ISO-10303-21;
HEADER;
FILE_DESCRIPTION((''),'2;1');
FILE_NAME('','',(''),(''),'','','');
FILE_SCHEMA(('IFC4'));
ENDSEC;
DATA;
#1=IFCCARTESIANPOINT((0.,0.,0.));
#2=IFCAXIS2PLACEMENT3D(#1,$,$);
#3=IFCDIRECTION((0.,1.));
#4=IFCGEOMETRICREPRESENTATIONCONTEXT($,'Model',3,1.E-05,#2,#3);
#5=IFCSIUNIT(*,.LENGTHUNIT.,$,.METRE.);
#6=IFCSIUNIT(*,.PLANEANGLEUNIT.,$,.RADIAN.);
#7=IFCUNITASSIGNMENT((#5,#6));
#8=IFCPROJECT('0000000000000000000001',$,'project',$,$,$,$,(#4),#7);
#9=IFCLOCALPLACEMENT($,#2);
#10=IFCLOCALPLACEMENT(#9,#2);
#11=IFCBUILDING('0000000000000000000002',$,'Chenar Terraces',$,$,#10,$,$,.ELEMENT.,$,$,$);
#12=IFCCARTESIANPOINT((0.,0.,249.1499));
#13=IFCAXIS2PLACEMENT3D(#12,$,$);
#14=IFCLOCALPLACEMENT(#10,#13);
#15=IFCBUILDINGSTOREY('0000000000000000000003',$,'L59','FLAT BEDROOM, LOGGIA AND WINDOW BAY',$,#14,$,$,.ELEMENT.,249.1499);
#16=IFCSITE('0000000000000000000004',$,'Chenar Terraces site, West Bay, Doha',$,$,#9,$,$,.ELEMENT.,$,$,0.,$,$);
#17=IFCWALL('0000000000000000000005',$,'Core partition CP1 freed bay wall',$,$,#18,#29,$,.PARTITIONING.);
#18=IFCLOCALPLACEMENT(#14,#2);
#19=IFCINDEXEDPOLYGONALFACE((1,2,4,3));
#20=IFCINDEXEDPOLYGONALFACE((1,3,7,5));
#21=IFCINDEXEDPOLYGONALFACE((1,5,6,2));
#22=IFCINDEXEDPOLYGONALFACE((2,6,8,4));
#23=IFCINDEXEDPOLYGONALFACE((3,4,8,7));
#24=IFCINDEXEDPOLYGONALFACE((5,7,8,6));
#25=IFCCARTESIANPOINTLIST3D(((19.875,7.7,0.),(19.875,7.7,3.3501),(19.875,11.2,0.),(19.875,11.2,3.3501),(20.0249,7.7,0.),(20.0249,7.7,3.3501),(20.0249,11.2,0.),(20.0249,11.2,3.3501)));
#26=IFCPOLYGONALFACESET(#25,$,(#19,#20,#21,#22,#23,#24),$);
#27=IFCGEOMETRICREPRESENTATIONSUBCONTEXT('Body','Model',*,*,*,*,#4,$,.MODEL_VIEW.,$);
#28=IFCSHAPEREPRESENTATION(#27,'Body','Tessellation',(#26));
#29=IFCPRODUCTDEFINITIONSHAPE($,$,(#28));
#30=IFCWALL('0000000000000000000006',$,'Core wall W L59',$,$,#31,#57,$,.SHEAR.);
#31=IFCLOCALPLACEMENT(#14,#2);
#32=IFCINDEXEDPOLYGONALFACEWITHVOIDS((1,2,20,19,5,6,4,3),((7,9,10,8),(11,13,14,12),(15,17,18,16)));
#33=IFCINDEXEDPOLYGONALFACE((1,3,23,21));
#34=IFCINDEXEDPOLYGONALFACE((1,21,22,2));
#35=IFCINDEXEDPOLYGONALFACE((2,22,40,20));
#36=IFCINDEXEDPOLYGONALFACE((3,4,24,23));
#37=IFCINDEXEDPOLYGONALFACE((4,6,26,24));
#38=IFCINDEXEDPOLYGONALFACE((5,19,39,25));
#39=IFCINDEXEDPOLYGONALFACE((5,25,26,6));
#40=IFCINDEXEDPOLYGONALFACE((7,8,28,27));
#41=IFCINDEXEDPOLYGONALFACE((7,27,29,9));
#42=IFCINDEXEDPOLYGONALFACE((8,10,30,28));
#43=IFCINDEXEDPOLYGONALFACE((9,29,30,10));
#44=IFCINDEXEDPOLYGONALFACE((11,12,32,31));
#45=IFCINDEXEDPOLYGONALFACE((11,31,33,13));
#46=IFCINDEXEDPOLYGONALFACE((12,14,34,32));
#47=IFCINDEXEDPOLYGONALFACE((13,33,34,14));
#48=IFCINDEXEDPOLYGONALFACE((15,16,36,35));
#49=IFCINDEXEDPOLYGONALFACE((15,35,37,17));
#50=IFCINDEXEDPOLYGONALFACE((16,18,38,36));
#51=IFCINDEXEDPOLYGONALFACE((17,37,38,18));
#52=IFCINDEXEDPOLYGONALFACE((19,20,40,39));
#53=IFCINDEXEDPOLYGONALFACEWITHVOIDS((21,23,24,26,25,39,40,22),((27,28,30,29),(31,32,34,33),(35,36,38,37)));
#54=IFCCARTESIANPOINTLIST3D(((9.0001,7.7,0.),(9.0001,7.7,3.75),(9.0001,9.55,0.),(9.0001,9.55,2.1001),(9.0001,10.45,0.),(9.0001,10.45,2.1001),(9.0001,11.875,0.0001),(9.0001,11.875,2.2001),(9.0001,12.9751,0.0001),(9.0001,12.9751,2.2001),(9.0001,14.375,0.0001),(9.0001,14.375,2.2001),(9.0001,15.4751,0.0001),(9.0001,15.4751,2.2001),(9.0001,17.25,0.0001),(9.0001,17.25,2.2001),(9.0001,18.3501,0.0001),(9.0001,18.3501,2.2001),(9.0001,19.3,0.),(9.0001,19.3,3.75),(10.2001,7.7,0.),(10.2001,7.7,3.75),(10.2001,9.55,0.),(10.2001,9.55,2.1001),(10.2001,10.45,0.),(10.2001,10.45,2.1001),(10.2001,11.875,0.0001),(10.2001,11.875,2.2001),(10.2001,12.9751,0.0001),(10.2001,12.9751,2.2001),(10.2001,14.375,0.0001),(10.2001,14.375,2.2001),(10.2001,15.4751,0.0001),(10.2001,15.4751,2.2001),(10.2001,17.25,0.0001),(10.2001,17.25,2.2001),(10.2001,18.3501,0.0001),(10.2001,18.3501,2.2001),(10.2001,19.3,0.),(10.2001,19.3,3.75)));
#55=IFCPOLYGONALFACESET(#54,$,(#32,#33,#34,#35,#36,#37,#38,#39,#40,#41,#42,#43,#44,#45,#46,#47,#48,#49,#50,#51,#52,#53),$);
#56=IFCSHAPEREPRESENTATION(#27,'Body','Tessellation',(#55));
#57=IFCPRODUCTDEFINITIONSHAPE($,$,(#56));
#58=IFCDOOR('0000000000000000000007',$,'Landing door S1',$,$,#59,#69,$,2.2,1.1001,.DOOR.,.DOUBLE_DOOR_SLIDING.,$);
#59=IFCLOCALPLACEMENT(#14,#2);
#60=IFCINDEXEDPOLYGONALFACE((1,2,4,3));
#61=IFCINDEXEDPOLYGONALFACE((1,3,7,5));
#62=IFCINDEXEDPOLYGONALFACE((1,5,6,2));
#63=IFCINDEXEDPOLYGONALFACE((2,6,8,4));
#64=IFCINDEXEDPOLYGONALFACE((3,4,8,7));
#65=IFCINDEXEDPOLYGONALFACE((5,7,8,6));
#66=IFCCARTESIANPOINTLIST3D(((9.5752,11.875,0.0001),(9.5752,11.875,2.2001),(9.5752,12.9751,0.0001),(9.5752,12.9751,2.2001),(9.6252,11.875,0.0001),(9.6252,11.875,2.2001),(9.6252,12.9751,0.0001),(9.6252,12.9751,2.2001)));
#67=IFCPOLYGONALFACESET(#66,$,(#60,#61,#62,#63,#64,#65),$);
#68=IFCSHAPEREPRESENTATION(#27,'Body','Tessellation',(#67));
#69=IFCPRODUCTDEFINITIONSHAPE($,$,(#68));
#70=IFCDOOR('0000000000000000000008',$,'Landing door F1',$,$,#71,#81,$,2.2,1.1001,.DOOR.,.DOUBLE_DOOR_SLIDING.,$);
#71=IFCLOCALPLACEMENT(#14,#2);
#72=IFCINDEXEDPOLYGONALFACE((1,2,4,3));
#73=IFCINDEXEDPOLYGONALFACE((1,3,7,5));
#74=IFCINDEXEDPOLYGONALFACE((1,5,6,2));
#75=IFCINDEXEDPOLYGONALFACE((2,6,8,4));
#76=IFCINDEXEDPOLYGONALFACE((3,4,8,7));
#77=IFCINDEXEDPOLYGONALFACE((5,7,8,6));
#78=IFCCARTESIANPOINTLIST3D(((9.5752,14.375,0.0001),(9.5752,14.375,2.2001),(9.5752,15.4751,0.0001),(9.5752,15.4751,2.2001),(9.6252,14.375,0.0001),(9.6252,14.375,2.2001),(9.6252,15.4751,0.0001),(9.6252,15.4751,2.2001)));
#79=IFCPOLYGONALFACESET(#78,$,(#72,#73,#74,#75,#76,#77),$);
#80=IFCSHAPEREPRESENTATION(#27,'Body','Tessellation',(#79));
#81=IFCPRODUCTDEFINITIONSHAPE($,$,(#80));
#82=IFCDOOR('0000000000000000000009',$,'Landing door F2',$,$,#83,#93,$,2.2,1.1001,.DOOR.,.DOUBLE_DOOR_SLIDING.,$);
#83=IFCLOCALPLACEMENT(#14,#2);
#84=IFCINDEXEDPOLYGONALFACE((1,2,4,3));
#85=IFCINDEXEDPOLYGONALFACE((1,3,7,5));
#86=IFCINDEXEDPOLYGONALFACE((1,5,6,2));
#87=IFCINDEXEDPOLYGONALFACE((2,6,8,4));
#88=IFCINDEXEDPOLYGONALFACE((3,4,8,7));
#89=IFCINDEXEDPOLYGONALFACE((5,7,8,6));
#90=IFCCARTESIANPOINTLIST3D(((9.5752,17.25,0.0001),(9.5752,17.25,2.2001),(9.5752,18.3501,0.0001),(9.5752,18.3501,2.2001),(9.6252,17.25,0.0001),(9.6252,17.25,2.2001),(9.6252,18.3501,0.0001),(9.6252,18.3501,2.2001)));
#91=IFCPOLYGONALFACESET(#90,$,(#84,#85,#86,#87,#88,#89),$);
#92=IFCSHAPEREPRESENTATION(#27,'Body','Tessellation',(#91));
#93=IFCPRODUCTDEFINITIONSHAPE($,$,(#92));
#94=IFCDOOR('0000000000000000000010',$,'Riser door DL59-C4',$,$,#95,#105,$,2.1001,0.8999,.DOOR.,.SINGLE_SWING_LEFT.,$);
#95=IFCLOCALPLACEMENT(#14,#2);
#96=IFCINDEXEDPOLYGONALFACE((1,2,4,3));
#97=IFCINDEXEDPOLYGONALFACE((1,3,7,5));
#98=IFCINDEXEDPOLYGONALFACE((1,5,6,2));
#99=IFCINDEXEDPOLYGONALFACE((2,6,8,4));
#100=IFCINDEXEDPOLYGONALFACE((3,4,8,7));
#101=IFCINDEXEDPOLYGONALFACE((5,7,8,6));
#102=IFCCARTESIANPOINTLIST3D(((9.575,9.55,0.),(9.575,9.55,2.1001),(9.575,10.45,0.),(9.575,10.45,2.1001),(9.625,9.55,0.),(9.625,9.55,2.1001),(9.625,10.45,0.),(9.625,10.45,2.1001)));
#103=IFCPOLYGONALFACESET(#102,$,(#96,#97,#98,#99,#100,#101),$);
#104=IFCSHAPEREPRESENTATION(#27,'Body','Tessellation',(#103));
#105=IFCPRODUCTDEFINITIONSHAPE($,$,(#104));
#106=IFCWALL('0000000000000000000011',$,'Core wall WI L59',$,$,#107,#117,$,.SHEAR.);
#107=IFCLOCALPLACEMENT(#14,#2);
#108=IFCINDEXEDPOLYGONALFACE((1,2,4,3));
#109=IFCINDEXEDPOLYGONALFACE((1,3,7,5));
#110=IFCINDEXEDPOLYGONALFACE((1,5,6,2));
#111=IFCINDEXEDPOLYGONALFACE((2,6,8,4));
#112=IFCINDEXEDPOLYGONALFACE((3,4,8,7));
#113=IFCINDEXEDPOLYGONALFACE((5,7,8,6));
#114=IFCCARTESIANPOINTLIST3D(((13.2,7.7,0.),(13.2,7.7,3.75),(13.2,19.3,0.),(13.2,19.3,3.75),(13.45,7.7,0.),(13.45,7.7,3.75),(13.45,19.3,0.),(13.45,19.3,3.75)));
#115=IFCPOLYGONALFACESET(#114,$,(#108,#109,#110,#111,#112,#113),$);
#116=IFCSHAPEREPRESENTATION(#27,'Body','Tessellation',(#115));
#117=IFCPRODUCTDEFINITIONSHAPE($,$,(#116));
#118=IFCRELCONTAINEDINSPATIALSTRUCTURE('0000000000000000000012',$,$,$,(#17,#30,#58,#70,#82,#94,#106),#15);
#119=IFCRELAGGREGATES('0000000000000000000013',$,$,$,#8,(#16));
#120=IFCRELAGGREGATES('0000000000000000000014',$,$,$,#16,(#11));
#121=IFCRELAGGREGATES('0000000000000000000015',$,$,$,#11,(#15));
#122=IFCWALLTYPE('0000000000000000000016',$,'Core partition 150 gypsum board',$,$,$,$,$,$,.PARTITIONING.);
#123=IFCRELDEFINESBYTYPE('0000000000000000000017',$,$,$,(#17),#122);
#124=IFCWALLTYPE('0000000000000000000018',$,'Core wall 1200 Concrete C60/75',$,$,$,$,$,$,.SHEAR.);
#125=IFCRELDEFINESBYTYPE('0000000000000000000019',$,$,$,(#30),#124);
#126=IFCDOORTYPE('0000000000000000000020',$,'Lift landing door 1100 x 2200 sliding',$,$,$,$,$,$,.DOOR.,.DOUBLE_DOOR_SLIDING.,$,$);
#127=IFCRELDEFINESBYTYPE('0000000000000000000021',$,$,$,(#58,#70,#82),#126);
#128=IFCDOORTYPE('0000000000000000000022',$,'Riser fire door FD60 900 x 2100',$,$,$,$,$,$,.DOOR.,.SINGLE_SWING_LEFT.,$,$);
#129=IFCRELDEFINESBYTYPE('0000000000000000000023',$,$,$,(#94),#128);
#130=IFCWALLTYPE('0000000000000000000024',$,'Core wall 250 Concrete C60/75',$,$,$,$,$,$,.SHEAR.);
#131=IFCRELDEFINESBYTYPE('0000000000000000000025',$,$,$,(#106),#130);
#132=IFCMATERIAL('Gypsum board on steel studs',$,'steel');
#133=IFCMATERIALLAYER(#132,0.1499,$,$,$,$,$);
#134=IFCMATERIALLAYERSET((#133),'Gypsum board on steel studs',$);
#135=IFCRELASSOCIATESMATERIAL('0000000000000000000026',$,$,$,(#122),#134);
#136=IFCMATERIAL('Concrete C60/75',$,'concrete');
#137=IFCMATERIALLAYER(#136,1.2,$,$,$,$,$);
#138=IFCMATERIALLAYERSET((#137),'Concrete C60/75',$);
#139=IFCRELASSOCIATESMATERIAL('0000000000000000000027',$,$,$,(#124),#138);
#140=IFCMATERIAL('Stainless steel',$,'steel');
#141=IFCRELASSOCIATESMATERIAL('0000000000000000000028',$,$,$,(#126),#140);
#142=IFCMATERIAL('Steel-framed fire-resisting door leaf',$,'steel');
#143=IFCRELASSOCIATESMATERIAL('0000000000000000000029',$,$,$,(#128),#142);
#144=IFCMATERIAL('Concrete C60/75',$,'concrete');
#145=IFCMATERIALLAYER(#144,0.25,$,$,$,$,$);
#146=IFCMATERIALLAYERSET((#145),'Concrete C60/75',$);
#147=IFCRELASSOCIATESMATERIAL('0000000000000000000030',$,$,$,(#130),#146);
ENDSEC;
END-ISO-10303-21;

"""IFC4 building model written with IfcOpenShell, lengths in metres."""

from ifc_helpers import new_model, si_unit, direction, frame, frame_2d, origin, place, context, subcontext, project, spatial, rectangle, extrude, material, layer, layer_set, type_object, element, fill, save


model = new_model("IFC4")

# Units and contexts
model_context = context("Model", 3, precision=1e-05, world=origin(), true_north=direction((0.0, 1.0)))
body_context = subcontext(model_context, "Body", "Model", "MODEL_VIEW")
ifc_project = project(units=[si_unit("LENGTHUNIT", "METRE"), si_unit("PLANEANGLEUNIT", "RADIAN")], contexts=[model_context])

# Site, building, storey
site_placement = place(None, origin())
site = spatial("IfcSite", under=ifc_project, at=site_placement, Name="Chenar Terraces site, West Bay, Doha", CompositionType="ELEMENT", RefElevation=0.0)
building_placement = place(site_placement, origin())
building = spatial("IfcBuilding", under=site, at=building_placement, Name="Chenar Terraces", CompositionType="ELEMENT")
storey_placement = place(building_placement, frame((0.0, 0.0, 249.1499)))
storey = spatial("IfcBuildingStorey", under=building, at=storey_placement, Name="L59", Description="FLAT BEDROOM, LOGGIA AND WINDOW BAY", CompositionType="ELEMENT", Elevation=249.1499)

# Wall
ifc_material_1 = material(Name="Gypsum board on steel studs", Category="steel")
ifc_layer_1 = layer(ifc_material_1, 0.1499)
ifc_layer_set_1 = layer_set([ifc_layer_1], Name="Gypsum board on steel studs")
wall_type_1 = type_object("IfcWallType", Name="Core partition 150 gypsum board", PredefinedType="PARTITIONING", material=ifc_layer_set_1)
wall_1_placement = place(storey_placement, frame((19.95, 7.7, 0.0), z_axis=(0.0, 0.0, 1.0), x_axis=(0.0, 1.0, 0.0)))
element("IfcWall", 1, at=wall_1_placement, inside=storey, type_object=wall_type_1, Name="Core partition CP1 freed bay wall", PredefinedType="PARTITIONING", context=body_context, shape_type="SweptSolid", body=[
    extrude(rectangle(XDim=3.5, YDim=0.1499, at=frame_2d((1.75, 0.0))), origin(), (0.0, 0.0, 1.0), 3.3501),
])

# Wall, openings, doors
ifc_material_2 = material(Name="Concrete C60/75", Category="concrete")
ifc_layer_2 = layer(ifc_material_2, 1.2)
ifc_layer_set_2 = layer_set([ifc_layer_2], Name="Concrete C60/75")
wall_type_2 = type_object("IfcWallType", Name="Core wall 1200 Concrete C60/75", PredefinedType="SHEAR", material=ifc_layer_set_2)
wall_2_placement = place(storey_placement, frame((9.6001, 7.7, 0.0), z_axis=(0.0, 0.0, 1.0), x_axis=(0.0, 1.0, 0.0)))
wall_2 = element("IfcWall", 2, at=wall_2_placement, inside=storey, type_object=wall_type_2, Name="Core wall W L59", PredefinedType="SHEAR", context=body_context, shape_type="SweptSolid", body=[
    extrude(rectangle(XDim=11.6001, YDim=1.2, at=frame_2d((5.8, 0.0))), origin(), (0.0, 0.0, 1.0), 3.75),
])
opening_1_placement = place(wall_2_placement, frame((4.175, 0.0, 0.0)))
opening_1 = element("IfcOpeningElement", 3, at=opening_1_placement, cuts=wall_2, PredefinedType="OPENING", context=body_context, shape_type="SweptSolid", body=[
    extrude(rectangle(XDim=1.1001, YDim=2.2, at=frame_2d((0.55, 1.1001))), frame((0.0, 0.6099, 0.0), z_axis=(0.0, -1.0, 0.0), x_axis=(1.0, 0.0, 0.0)), (0.0, 0.0, 1.0), 1.22),
])
opening_2_placement = place(wall_2_placement, frame((6.675, 0.0, 0.0)))
opening_2 = element("IfcOpeningElement", 4, at=opening_2_placement, cuts=wall_2, PredefinedType="OPENING", context=body_context, shape_type="SweptSolid", body=[
    extrude(rectangle(XDim=1.1001, YDim=2.2, at=frame_2d((0.55, 1.1001))), frame((0.0, 0.6099, 0.0), z_axis=(0.0, -1.0, 0.0), x_axis=(1.0, 0.0, 0.0)), (0.0, 0.0, 1.0), 1.22),
])
opening_3_placement = place(wall_2_placement, frame((9.55, 0.0, 0.0)))
opening_3 = element("IfcOpeningElement", 5, at=opening_3_placement, cuts=wall_2, PredefinedType="OPENING", context=body_context, shape_type="SweptSolid", body=[
    extrude(rectangle(XDim=1.1001, YDim=2.2, at=frame_2d((0.55, 1.1001))), frame((0.0, 0.6099, 0.0), z_axis=(0.0, -1.0, 0.0), x_axis=(1.0, 0.0, 0.0)), (0.0, 0.0, 1.0), 1.22),
])
opening_4_placement = place(wall_2_placement, frame((1.8501, 0.0, 0.0)))
opening_4 = element("IfcOpeningElement", 6, at=opening_4_placement, cuts=wall_2, PredefinedType="OPENING", context=body_context, shape_type="SweptSolid", body=[
    extrude(rectangle(XDim=0.8999, YDim=2.1001, at=frame_2d((0.45, 1.05))), frame((0.0, 0.6099, 0.0), z_axis=(0.0, -1.0, 0.0), x_axis=(1.0, 0.0, 0.0)), (0.0, 0.0, 1.0), 1.22),
])
ifc_material_3 = material(Name="Stainless steel", Category="steel")
door_type_1 = type_object("IfcDoorType", Name="Lift landing door 1100 x 2200 sliding", OperationType="DOUBLE_DOOR_SLIDING", PredefinedType="DOOR", material=ifc_material_3)
door_1_placement = place(opening_1_placement, origin())
door_1 = element("IfcDoor", 7, at=door_1_placement, inside=storey, type_object=door_type_1, Name="Landing door S1", OperationType="DOUBLE_DOOR_SLIDING", OverallHeight=2.2, OverallWidth=1.1001, PredefinedType="DOOR", context=body_context, shape_type="SweptSolid", body=[
    extrude(rectangle(XDim=1.1001, YDim=2.2, at=frame_2d((0.55, 1.1001))), frame((0.0, 0.0249, 0.0), z_axis=(0.0, -1.0, 0.0), x_axis=(1.0, 0.0, 0.0)), (0.0, 0.0, 1.0), 0.05),
])
fill(opening_1, door_1)
door_2_placement = place(opening_2_placement, origin())
door_2 = element("IfcDoor", 8, at=door_2_placement, inside=storey, type_object=door_type_1, Name="Landing door F1", OperationType="DOUBLE_DOOR_SLIDING", OverallHeight=2.2, OverallWidth=1.1001, PredefinedType="DOOR", context=body_context, shape_type="SweptSolid", body=[
    extrude(rectangle(XDim=1.1001, YDim=2.2, at=frame_2d((0.55, 1.1001))), frame((0.0, 0.0249, 0.0), z_axis=(0.0, -1.0, 0.0), x_axis=(1.0, 0.0, 0.0)), (0.0, 0.0, 1.0), 0.05),
])
fill(opening_2, door_2)
door_3_placement = place(opening_3_placement, origin())
door_3 = element("IfcDoor", 9, at=door_3_placement, inside=storey, type_object=door_type_1, Name="Landing door F2", OperationType="DOUBLE_DOOR_SLIDING", OverallHeight=2.2, OverallWidth=1.1001, PredefinedType="DOOR", context=body_context, shape_type="SweptSolid", body=[
    extrude(rectangle(XDim=1.1001, YDim=2.2, at=frame_2d((0.55, 1.1001))), frame((0.0, 0.0249, 0.0), z_axis=(0.0, -1.0, 0.0), x_axis=(1.0, 0.0, 0.0)), (0.0, 0.0, 1.0), 0.05),
])
fill(opening_3, door_3)
ifc_material_4 = material(Name="Steel-framed fire-resisting door leaf", Category="steel")
door_type_2 = type_object("IfcDoorType", Name="Riser fire door FD60 900 x 2100", OperationType="SINGLE_SWING_LEFT", PredefinedType="DOOR", material=ifc_material_4)
door_4_placement = place(opening_4_placement, frame((0.8999, 0.0, 0.0), z_axis=(0.0, 0.0, 1.0), x_axis=(-1.0, 0.0, 0.0)))
door_4 = element("IfcDoor", 10, at=door_4_placement, inside=storey, type_object=door_type_2, Name="Riser door DL59-C4", OperationType="SINGLE_SWING_LEFT", OverallHeight=2.1001, OverallWidth=0.8999, PredefinedType="DOOR", context=body_context, shape_type="SweptSolid", body=[
    extrude(rectangle(XDim=0.8999, YDim=2.1001, at=frame_2d((0.45, 1.05))), frame((0.0, 0.0249, 0.0), z_axis=(0.0, -1.0, 0.0), x_axis=(1.0, 0.0, 0.0)), (0.0, 0.0, 1.0), 0.05),
])
fill(opening_4, door_4)

# Wall
ifc_material_5 = material(Name="Concrete C60/75", Category="concrete")
ifc_layer_3 = layer(ifc_material_5, 0.25)
ifc_layer_set_3 = layer_set([ifc_layer_3], Name="Concrete C60/75")
wall_type_3 = type_object("IfcWallType", Name="Core wall 250 Concrete C60/75", PredefinedType="SHEAR", material=ifc_layer_set_3)
wall_3_placement = place(storey_placement, frame((13.325, 7.7, 0.0), z_axis=(0.0, 0.0, 1.0), x_axis=(0.0, 1.0, 0.0)))
element("IfcWall", 11, at=wall_3_placement, inside=storey, type_object=wall_type_3, Name="Core wall WI L59", PredefinedType="SHEAR", context=body_context, shape_type="SweptSolid", body=[
    extrude(rectangle(XDim=11.6001, YDim=0.25, at=frame_2d((5.8, 0.0))), origin(), (0.0, 0.0, 1.0), 3.75),
])

save(model, "model.ifc")
